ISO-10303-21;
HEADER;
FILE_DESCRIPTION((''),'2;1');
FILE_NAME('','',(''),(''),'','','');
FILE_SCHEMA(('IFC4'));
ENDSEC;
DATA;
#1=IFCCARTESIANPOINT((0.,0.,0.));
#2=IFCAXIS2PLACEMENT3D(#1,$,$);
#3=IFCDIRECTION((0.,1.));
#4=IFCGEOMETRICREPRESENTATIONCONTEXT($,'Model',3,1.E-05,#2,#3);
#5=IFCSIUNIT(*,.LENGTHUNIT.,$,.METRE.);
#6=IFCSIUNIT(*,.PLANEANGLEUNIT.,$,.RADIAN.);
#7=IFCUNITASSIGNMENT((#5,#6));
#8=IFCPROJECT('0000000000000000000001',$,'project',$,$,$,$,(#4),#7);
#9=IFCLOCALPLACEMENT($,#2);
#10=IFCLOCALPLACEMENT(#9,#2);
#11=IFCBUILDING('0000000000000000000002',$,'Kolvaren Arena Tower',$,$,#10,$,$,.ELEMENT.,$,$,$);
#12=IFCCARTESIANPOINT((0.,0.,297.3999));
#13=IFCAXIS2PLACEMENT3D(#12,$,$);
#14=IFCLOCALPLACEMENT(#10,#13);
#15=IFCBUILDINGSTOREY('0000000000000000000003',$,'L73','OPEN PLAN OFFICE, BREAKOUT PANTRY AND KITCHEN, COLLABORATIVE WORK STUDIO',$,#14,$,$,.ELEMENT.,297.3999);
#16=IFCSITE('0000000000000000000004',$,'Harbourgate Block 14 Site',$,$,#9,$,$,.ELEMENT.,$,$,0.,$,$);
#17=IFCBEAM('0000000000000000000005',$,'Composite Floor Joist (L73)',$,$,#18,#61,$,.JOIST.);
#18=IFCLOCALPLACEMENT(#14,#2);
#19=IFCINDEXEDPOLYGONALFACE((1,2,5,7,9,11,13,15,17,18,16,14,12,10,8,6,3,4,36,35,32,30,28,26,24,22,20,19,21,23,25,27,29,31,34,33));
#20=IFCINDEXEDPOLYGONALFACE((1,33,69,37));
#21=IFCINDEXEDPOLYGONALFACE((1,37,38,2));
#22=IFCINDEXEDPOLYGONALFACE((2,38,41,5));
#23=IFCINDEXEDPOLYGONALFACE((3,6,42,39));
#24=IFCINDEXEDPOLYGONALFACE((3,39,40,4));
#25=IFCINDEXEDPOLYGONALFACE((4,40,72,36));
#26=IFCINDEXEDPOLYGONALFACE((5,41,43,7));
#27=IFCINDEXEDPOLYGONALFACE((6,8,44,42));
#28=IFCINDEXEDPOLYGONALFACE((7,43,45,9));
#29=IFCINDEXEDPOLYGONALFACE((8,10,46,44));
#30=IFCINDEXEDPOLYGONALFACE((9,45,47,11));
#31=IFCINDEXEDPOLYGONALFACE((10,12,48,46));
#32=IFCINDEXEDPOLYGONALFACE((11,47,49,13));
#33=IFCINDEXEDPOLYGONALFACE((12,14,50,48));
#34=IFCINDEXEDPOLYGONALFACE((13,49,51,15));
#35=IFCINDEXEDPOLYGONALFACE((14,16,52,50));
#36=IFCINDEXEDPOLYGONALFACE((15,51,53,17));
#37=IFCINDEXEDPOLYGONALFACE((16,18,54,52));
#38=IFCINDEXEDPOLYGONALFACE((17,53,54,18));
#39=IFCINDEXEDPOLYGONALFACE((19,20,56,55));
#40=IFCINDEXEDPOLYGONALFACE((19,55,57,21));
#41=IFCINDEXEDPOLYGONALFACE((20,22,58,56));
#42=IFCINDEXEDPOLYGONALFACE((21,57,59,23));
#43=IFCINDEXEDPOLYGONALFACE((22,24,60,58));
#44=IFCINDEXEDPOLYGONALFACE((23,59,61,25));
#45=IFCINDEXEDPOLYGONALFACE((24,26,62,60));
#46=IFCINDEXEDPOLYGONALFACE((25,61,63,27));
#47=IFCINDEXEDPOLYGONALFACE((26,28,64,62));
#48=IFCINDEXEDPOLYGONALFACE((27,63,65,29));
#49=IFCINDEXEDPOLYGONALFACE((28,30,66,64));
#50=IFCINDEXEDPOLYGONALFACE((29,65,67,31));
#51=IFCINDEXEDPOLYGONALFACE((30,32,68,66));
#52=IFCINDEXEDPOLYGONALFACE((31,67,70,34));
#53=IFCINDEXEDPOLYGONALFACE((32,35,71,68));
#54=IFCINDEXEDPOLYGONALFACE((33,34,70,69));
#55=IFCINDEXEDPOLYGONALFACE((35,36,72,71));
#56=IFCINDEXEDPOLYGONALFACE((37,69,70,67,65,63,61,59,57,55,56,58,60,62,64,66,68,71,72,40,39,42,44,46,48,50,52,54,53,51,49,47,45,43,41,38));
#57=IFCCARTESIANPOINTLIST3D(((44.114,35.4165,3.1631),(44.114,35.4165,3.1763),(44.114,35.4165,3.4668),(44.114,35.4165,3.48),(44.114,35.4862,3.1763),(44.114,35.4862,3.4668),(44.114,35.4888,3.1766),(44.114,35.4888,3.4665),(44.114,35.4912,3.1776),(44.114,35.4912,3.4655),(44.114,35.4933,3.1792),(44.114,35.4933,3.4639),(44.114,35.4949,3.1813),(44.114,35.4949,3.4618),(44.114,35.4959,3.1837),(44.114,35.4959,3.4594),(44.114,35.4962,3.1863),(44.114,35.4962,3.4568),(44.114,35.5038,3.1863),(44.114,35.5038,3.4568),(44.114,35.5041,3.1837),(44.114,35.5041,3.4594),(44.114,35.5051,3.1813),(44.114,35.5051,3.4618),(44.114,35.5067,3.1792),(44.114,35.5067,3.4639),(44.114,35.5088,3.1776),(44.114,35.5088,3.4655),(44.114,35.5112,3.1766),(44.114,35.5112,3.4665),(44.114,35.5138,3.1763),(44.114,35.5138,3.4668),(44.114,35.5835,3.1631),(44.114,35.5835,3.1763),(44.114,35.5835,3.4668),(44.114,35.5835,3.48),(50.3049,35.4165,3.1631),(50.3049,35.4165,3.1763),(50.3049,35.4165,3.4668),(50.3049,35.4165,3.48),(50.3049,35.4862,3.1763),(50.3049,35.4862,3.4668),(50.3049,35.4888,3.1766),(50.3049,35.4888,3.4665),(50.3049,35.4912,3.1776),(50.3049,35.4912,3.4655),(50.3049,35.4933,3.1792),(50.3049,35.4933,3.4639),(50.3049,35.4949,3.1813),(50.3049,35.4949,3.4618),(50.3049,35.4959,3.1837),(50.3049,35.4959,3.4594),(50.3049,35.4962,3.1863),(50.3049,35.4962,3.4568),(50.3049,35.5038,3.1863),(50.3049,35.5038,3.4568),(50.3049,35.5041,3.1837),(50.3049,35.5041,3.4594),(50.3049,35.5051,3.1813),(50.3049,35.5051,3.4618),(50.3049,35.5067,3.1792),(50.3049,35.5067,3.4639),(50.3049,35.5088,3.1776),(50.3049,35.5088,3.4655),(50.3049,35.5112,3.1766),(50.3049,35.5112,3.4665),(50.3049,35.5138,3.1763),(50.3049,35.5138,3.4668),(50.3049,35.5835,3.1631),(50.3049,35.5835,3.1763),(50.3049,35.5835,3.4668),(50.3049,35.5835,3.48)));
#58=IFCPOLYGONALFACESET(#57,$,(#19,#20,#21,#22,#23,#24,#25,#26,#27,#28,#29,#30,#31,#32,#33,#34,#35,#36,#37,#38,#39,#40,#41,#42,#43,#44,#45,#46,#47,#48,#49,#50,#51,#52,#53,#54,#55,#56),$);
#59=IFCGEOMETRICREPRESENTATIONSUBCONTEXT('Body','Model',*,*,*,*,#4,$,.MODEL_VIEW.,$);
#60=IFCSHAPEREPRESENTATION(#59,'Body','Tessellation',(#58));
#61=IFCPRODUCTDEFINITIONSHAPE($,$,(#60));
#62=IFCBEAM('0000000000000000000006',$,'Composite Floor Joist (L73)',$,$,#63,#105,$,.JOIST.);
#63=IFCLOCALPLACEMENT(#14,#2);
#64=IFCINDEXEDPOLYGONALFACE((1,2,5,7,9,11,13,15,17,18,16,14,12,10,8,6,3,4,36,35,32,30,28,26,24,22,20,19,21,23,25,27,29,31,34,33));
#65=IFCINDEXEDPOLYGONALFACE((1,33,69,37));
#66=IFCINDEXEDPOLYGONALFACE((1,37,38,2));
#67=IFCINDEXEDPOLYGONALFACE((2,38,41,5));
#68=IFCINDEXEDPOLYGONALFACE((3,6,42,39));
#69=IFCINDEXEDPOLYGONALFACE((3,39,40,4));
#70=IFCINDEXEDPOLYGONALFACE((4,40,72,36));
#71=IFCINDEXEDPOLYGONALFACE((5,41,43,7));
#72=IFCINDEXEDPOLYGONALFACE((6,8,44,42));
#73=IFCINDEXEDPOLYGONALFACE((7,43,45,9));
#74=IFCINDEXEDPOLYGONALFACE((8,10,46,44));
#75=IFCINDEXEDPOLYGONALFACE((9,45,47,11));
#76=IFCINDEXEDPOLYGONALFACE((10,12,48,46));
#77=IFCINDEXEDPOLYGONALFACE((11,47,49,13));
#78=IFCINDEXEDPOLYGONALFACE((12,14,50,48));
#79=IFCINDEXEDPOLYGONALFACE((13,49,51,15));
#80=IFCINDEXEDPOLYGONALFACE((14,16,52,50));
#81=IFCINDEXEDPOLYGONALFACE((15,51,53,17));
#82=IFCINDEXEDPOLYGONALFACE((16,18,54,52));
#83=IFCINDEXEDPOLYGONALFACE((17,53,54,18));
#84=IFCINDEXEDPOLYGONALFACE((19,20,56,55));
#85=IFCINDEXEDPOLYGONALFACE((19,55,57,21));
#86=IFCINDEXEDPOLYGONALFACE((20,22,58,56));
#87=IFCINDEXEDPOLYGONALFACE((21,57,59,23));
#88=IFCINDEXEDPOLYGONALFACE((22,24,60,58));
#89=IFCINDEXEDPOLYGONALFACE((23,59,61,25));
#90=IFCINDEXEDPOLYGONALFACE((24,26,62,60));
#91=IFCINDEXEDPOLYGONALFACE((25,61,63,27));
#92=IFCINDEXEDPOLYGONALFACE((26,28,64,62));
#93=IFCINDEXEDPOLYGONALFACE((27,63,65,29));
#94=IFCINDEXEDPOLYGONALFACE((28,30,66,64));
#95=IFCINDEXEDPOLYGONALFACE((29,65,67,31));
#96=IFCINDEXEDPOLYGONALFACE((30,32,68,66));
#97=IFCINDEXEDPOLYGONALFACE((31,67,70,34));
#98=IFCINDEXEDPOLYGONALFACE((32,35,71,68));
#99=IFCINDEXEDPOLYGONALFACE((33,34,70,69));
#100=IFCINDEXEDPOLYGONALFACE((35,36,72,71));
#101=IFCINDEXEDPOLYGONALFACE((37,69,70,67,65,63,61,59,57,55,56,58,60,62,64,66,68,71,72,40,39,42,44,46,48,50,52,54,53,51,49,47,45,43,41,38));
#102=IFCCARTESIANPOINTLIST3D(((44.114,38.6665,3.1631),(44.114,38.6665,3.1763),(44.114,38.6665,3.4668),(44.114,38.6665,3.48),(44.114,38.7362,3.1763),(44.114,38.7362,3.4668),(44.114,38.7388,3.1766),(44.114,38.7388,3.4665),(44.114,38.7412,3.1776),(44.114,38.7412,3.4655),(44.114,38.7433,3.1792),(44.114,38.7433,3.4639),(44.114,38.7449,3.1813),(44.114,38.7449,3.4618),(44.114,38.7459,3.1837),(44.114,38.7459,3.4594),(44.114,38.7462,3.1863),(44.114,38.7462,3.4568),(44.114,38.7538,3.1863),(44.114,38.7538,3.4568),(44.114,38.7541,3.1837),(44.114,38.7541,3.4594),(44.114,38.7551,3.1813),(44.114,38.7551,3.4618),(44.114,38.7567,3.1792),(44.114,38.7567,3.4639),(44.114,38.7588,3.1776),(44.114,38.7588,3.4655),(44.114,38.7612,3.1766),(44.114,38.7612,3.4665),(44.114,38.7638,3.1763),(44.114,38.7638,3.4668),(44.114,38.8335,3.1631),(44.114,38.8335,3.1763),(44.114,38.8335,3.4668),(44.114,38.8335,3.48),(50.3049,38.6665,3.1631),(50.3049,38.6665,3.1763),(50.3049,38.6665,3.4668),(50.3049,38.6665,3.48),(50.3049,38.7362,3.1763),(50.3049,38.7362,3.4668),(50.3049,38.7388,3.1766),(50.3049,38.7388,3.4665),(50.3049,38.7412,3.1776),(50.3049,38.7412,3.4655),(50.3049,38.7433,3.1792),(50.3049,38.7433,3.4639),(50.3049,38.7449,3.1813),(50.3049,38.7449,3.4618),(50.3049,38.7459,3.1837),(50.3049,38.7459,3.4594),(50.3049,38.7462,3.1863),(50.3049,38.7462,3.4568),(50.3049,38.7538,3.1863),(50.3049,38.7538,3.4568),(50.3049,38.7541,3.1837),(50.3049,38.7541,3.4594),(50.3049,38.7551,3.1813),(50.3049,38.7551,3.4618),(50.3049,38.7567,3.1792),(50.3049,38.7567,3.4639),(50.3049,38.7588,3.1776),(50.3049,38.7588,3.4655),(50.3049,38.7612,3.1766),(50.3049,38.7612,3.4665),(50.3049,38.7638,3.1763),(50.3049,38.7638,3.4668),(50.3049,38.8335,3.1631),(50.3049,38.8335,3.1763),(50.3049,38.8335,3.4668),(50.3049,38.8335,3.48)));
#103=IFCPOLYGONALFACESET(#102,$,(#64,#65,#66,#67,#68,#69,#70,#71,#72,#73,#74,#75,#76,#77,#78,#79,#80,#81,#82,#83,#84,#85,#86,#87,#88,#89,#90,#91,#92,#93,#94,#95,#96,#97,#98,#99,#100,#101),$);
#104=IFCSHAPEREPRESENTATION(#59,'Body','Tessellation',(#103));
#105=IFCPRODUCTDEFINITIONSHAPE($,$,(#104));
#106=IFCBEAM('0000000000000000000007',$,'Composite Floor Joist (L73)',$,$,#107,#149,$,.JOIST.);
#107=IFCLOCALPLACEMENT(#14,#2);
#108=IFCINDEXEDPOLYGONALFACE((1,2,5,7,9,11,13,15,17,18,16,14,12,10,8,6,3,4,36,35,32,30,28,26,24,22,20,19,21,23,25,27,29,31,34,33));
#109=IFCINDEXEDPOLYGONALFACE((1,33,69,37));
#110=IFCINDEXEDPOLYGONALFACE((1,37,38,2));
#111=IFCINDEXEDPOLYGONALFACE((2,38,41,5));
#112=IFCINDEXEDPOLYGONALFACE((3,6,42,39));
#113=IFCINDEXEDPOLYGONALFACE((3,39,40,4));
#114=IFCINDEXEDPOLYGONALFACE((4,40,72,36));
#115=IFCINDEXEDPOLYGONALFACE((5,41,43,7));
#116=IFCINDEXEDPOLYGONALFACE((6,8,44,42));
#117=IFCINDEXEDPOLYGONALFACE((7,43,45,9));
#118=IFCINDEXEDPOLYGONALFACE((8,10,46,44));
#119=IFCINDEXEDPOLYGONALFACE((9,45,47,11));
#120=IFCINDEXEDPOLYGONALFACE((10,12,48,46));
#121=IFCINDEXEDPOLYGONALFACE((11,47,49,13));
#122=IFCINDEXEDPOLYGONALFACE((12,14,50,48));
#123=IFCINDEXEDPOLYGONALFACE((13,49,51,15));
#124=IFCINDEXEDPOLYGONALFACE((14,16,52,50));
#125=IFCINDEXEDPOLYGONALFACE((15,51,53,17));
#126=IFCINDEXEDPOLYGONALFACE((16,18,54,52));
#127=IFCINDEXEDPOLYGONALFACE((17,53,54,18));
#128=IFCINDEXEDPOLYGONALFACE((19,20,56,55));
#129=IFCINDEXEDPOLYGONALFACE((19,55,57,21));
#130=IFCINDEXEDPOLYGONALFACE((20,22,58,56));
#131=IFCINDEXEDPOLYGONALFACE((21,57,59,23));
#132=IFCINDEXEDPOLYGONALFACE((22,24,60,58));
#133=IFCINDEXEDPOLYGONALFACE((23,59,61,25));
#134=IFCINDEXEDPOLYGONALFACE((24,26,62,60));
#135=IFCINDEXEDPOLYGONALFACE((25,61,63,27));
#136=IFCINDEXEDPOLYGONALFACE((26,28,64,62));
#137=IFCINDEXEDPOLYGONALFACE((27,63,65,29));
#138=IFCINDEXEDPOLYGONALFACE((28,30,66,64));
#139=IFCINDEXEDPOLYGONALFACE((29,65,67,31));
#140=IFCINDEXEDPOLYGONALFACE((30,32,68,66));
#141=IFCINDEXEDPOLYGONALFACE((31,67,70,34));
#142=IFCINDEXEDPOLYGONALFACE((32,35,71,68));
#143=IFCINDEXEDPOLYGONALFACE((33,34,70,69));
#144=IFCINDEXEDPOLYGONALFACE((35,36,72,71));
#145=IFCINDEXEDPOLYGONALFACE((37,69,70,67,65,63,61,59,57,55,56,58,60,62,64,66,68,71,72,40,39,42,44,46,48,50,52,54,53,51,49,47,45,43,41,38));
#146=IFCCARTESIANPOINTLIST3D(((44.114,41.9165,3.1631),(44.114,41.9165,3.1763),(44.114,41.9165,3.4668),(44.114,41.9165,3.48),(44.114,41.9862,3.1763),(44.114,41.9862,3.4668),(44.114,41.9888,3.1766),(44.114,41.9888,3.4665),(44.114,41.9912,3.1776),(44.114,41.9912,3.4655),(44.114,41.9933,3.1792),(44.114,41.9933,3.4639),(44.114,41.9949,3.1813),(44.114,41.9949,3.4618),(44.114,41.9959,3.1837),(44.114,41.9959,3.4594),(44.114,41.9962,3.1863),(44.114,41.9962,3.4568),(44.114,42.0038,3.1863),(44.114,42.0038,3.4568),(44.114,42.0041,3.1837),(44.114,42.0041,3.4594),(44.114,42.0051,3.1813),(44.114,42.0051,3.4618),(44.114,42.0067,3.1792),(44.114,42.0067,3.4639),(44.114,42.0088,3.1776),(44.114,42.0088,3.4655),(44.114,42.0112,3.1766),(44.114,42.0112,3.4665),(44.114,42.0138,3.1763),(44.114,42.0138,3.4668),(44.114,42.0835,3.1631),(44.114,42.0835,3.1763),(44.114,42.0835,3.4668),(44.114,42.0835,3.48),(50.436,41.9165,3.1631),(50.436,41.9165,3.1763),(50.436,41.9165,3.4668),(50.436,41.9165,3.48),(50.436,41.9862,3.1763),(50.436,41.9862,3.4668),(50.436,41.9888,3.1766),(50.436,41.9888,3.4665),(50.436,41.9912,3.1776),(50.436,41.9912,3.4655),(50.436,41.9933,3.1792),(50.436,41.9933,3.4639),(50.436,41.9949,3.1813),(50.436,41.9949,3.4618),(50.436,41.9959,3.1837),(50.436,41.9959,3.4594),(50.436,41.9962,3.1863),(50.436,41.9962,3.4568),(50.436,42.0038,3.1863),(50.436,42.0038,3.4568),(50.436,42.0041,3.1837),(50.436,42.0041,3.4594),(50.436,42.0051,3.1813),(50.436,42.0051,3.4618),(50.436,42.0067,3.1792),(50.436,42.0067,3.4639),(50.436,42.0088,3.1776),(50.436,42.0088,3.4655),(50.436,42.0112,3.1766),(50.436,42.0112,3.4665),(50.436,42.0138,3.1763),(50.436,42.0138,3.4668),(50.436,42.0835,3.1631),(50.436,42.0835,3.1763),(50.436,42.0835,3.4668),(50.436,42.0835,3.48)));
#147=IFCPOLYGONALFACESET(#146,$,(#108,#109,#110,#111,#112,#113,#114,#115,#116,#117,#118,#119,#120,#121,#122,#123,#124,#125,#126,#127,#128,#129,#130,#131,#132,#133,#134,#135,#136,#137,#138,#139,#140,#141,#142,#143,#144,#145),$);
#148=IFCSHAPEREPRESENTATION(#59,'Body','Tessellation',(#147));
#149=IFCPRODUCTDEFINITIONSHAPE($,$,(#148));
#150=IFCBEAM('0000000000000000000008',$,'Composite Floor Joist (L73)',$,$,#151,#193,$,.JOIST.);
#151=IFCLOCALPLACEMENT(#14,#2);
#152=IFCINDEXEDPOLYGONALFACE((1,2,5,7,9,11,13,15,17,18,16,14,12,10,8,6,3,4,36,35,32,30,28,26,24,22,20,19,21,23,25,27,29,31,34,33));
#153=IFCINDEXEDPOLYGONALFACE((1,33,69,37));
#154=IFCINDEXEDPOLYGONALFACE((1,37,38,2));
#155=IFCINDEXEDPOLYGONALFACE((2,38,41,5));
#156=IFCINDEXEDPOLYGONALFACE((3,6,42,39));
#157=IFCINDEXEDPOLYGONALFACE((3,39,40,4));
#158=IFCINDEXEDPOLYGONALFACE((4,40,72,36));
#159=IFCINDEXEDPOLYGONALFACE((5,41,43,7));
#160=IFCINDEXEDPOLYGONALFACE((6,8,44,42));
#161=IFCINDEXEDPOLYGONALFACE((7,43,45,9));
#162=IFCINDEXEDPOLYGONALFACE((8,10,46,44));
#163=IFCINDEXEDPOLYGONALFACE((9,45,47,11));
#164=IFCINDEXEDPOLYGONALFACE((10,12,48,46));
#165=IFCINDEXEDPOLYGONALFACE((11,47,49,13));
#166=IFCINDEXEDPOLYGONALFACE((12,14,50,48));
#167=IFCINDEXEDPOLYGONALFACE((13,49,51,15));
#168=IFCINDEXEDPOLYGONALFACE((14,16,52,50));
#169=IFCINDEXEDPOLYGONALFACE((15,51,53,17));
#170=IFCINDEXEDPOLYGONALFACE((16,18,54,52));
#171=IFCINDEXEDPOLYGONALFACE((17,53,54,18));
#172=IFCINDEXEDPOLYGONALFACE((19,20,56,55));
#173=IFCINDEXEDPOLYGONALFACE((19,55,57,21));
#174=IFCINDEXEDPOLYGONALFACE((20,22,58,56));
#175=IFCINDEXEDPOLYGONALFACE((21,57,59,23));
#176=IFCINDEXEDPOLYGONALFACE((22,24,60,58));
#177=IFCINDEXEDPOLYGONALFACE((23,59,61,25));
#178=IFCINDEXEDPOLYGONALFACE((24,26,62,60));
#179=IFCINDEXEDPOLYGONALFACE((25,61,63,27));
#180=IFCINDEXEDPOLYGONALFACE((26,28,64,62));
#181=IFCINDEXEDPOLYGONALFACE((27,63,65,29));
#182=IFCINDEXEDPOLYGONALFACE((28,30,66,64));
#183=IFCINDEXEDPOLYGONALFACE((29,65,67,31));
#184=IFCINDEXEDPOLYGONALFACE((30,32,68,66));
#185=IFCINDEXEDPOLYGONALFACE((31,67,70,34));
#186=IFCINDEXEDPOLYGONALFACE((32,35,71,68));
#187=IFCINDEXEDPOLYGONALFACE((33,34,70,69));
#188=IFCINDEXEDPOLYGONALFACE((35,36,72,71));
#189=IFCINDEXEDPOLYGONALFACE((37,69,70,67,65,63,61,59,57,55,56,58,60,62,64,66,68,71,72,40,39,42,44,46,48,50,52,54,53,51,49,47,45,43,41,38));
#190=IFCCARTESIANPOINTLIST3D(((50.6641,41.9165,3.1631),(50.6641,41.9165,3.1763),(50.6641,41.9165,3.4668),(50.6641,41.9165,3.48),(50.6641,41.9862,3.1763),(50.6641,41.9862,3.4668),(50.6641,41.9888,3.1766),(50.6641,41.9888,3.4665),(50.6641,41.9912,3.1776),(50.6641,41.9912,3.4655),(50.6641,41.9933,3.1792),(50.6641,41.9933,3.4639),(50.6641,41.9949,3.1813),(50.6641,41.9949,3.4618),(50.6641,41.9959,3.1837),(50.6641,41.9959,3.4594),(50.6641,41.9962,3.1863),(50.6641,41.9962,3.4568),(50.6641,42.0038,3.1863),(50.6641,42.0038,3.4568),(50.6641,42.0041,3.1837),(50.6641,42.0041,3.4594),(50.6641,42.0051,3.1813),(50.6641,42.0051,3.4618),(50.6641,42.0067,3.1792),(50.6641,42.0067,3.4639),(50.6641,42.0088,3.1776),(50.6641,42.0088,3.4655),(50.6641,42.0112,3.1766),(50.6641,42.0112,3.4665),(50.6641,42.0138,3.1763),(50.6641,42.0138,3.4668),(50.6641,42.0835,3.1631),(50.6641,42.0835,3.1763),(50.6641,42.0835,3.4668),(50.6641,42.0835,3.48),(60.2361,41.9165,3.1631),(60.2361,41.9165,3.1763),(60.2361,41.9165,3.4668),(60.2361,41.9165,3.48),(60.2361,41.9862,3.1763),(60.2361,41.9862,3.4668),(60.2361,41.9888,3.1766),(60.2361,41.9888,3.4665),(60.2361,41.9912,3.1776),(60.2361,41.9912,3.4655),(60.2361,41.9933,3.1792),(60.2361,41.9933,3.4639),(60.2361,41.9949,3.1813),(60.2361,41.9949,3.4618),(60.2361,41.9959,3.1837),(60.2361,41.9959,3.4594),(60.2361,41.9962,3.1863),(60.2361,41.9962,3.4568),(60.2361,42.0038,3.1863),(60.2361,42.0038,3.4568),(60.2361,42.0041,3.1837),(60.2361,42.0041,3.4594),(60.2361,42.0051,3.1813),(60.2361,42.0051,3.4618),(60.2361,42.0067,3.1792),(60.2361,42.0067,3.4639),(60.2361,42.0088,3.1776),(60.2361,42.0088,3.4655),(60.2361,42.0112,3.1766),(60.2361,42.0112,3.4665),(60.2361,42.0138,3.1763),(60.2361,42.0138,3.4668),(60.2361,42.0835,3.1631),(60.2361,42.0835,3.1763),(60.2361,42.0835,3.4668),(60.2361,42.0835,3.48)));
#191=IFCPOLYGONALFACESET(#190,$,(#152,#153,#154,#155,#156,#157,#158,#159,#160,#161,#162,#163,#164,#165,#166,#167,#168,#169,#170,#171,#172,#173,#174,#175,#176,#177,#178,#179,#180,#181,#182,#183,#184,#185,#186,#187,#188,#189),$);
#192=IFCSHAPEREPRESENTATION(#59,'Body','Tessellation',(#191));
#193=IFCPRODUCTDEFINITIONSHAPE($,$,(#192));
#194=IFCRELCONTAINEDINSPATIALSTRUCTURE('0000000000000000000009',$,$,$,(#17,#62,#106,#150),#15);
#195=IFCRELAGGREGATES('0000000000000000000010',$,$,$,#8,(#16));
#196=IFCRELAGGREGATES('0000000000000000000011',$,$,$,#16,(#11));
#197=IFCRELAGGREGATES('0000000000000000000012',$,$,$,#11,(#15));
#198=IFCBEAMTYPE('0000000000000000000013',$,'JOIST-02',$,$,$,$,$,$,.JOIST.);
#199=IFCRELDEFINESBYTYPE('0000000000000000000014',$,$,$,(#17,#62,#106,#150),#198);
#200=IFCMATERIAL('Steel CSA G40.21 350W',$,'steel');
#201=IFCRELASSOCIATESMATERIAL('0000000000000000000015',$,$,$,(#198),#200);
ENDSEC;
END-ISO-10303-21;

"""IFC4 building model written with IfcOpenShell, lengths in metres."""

from ifc_helpers import new_model, si_unit, direction, frame, origin, origin_2d, place, context, subcontext, project, spatial, i_section, extrude, material, material_profile, profile_set, type_object, element, save


model = new_model("IFC4")

# Units and contexts
model_context = context("Model", 3, precision=1e-05, world=origin(), true_north=direction((0.0, 1.0)))
body_context = subcontext(model_context, "Body", "Model", "MODEL_VIEW")
ifc_project = project(units=[si_unit("LENGTHUNIT", "METRE"), si_unit("PLANEANGLEUNIT", "RADIAN")], contexts=[model_context])

# Site, building, storey
site_placement = place(None, origin())
site = spatial("IfcSite", under=ifc_project, at=site_placement, Name="Harbourgate Block 14 Site", CompositionType="ELEMENT", RefElevation=0.0)
building_placement = place(site_placement, origin())
building = spatial("IfcBuilding", under=site, at=building_placement, Name="Kolvaren Arena Tower", CompositionType="ELEMENT")
storey_placement = place(building_placement, frame((0.0, 0.0, 297.3999)))
storey = spatial("IfcBuildingStorey", under=building, at=storey_placement, Name="L73", Description="OPEN PLAN OFFICE, BREAKOUT PANTRY AND KITCHEN, COLLABORATIVE WORK STUDIO", CompositionType="ELEMENT", Elevation=297.3999)

# Beams
ifc_material_1 = material(Name="Steel CSA G40.21 350W", Category="steel")
ifc_material_profile_1 = material_profile(ifc_material_1, i_section(OverallWidth=0.167, OverallDepth=0.3169, WebThickness=0.0076, FlangeThickness=0.0132, FilletRadius=0.01, at=origin_2d()), Name="W310x52")
ifc_profile_set_1 = profile_set([ifc_material_profile_1], Name="Steel CSA G40.21 350W")
beam_type_1 = type_object("IfcBeamType", Name="JOIST-02", PredefinedType="JOIST", material=ifc_profile_set_1)
for number, where, z_axis, x_axis, name in (
    (1, (44.114, 35.5, 3.3215), (1.0, 0.0, 0.0), (0.0, 1.0, 0.0), "Composite Floor Joist (L73)"),
    (2, (44.114, 38.75, 3.3215), (1.0, 0.0, 0.0), (0.0, 1.0, 0.0), "Composite Floor Joist (L73)"),
):
    element("IfcBeam", number, at=place(storey_placement, frame(where, z_axis=z_axis, x_axis=x_axis)), inside=storey, type_object=beam_type_1, Name=name, PredefinedType="JOIST", context=body_context, shape_type="SweptSolid", body=[
        extrude(i_section(OverallWidth=0.167, OverallDepth=0.3169, WebThickness=0.0076, FlangeThickness=0.0132, FilletRadius=0.01, at=origin_2d()), origin(), (0.0, 0.0, 1.0), 6.1909),
    ])
beam_1_placement = place(storey_placement, frame((44.114, 42.0, 3.3215), z_axis=(1.0, 0.0, 0.0), x_axis=(0.0, 1.0, 0.0)))
element("IfcBeam", 3, at=beam_1_placement, inside=storey, type_object=beam_type_1, Name="Composite Floor Joist (L73)", PredefinedType="JOIST", context=body_context, shape_type="SweptSolid", body=[
    extrude(i_section(OverallWidth=0.167, OverallDepth=0.3169, WebThickness=0.0076, FlangeThickness=0.0132, FilletRadius=0.01, at=origin_2d()), origin(), (0.0, 0.0, 1.0), 6.322),
])
beam_2_placement = place(storey_placement, frame((50.6641, 42.0, 3.3215), z_axis=(1.0, 0.0, 0.0), x_axis=(0.0, 1.0, 0.0)))
element("IfcBeam", 4, at=beam_2_placement, inside=storey, type_object=beam_type_1, Name="Composite Floor Joist (L73)", PredefinedType="JOIST", context=body_context, shape_type="SweptSolid", body=[
    extrude(i_section(OverallWidth=0.167, OverallDepth=0.3169, WebThickness=0.0076, FlangeThickness=0.0132, FilletRadius=0.01, at=origin_2d()), origin(), (0.0, 0.0, 1.0), 9.572),
])

save(model, "model.ifc")
